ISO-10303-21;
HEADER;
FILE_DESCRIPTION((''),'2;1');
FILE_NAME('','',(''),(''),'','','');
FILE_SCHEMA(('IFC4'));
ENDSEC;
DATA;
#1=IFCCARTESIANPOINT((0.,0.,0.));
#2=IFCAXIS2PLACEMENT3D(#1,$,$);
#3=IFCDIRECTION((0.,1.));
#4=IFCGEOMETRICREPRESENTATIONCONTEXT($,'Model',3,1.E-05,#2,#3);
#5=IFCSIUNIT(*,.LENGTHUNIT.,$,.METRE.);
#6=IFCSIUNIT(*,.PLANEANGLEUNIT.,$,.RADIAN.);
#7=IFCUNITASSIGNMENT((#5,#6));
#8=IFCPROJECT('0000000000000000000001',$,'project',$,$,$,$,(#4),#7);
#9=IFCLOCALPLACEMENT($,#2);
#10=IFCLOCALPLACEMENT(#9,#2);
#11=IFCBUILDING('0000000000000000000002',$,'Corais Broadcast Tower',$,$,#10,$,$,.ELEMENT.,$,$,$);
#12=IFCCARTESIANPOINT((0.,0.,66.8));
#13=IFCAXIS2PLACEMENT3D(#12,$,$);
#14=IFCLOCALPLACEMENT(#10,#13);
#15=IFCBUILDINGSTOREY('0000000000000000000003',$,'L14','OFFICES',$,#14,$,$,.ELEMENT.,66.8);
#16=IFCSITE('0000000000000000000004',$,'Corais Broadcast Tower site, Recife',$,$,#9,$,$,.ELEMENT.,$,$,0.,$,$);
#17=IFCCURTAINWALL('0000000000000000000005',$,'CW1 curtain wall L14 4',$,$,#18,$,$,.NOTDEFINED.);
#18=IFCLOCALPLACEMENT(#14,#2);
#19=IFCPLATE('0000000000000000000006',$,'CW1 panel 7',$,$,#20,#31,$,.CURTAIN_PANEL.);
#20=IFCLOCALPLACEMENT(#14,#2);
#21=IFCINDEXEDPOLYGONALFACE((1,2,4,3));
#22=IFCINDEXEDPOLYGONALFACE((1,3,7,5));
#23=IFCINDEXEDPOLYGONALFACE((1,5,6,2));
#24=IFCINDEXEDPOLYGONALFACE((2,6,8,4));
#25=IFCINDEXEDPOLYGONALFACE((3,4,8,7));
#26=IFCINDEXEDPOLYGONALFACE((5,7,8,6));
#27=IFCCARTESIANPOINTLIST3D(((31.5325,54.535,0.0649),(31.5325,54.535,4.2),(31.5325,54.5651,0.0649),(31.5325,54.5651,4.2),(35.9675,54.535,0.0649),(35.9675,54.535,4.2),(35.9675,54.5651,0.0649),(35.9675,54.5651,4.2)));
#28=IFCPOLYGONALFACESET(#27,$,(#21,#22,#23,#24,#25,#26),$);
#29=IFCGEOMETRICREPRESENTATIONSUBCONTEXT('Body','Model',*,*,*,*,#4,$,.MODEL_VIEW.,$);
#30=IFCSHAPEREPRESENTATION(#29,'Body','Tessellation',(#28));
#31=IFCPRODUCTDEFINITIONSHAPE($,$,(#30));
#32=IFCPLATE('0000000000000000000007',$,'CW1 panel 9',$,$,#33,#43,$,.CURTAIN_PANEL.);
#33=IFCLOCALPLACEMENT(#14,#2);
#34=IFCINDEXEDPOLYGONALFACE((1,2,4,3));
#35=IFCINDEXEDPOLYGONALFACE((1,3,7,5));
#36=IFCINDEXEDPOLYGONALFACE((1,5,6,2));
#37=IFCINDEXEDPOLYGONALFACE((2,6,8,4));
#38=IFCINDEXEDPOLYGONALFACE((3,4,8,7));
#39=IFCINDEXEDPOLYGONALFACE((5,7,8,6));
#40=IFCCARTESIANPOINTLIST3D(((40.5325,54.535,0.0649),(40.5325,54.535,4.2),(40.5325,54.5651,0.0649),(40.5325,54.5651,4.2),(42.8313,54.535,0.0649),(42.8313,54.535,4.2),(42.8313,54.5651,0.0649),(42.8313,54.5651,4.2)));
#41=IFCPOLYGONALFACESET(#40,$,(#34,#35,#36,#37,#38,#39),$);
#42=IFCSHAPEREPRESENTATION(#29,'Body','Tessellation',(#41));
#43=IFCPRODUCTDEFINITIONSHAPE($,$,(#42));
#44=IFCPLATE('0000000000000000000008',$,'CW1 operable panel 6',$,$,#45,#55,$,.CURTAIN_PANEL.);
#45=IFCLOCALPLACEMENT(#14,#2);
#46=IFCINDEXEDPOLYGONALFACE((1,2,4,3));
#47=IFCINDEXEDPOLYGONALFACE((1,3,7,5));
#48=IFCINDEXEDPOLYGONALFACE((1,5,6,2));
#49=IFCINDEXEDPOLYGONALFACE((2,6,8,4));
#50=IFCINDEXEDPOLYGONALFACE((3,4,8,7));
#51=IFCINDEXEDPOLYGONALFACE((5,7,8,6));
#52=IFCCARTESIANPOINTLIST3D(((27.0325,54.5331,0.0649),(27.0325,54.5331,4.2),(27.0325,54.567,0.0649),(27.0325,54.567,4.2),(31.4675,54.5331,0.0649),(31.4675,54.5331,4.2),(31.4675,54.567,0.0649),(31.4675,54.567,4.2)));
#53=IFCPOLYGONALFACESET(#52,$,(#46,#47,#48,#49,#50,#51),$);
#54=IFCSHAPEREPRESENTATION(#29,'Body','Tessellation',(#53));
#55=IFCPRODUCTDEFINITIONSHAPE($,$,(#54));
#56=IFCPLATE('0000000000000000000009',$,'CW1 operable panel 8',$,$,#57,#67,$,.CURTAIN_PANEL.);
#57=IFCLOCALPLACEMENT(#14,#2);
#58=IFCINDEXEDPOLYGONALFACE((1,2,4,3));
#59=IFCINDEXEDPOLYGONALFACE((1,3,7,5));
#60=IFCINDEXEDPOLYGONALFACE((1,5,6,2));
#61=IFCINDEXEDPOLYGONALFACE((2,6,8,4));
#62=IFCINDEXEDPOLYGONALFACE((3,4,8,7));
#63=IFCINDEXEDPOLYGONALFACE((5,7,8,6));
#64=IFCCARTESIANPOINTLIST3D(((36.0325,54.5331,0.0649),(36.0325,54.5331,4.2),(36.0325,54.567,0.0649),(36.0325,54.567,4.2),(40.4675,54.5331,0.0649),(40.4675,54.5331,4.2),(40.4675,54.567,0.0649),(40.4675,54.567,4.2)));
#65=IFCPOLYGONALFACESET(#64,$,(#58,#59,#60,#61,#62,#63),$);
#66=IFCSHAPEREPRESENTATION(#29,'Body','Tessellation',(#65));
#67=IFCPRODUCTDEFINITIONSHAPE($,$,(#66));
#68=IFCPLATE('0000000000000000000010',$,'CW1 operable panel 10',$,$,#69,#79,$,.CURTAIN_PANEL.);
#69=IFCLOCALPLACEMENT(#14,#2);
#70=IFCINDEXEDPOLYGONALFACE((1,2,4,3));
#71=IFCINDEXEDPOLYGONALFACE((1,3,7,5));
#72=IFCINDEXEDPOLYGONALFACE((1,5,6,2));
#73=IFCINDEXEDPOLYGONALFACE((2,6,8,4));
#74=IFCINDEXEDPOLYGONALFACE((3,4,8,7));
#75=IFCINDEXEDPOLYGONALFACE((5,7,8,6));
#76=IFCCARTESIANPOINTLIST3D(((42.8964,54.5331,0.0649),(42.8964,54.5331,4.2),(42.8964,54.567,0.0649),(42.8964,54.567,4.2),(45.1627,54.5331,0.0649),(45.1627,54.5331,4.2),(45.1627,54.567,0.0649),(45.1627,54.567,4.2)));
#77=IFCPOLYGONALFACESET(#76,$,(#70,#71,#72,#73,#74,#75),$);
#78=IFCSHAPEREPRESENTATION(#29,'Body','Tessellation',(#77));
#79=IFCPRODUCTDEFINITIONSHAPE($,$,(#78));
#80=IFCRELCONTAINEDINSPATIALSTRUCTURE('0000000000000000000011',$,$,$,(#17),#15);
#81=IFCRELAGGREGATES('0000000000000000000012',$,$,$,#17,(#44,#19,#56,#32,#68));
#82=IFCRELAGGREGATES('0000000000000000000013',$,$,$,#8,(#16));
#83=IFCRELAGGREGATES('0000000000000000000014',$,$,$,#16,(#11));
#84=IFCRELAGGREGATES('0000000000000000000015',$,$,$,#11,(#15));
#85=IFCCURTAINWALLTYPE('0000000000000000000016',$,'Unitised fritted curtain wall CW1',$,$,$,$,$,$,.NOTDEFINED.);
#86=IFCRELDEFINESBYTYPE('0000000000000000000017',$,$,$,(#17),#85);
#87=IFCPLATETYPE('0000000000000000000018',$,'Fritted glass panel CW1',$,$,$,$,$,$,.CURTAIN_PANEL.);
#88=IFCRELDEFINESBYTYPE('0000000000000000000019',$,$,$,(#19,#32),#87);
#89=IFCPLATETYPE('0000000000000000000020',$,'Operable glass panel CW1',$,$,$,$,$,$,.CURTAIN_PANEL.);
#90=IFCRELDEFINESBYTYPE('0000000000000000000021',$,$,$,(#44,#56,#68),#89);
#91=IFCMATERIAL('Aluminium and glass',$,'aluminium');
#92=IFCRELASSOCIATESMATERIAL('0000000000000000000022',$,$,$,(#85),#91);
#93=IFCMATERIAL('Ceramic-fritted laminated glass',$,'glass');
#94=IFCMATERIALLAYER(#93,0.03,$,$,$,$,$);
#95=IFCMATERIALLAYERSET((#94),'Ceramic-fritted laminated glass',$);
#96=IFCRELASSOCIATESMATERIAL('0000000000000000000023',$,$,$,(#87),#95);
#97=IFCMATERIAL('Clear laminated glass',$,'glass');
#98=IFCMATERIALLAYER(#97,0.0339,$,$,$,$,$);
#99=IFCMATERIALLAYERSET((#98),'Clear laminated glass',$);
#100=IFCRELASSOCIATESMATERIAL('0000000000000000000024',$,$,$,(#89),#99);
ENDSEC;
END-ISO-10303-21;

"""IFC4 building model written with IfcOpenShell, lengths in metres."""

from ifc_helpers import new_model, si_unit, direction, frame, origin, origin_2d, place, context, subcontext, project, spatial, rectangle, extrude, material, layer, layer_set, type_object, element, aggregate, save


model = new_model("IFC4")

# Units and contexts
model_context = context("Model", 3, precision=1e-05, world=origin(), true_north=direction((0.0, 1.0)))
body_context = subcontext(model_context, "Body", "Model", "MODEL_VIEW")
ifc_project = project(units=[si_unit("LENGTHUNIT", "METRE"), si_unit("PLANEANGLEUNIT", "RADIAN")], contexts=[model_context])

# Site, building, storey
site_placement = place(None, origin())
site = spatial("IfcSite", under=ifc_project, at=site_placement, Name="Corais Broadcast Tower site, Recife", CompositionType="ELEMENT", RefElevation=0.0)
building_placement = place(site_placement, origin())
building = spatial("IfcBuilding", under=site, at=building_placement, Name="Corais Broadcast Tower", CompositionType="ELEMENT")
storey_placement = place(building_placement, frame((0.0, 0.0, 66.8)))
storey = spatial("IfcBuildingStorey", under=building, at=storey_placement, Name="L14", Description="OFFICES", CompositionType="ELEMENT", Elevation=66.8)

# Curtain wall
ifc_material_1 = material(Name="Aluminium and glass", Category="aluminium")
curtain_wall_type = type_object("IfcCurtainWallType", Name="Unitised fritted curtain wall CW1", PredefinedType="NOTDEFINED", material=ifc_material_1)
curtain_wall_placement = place(storey_placement, origin())
curtain_wall = element("IfcCurtainWall", 1, at=curtain_wall_placement, inside=storey, type_object=curtain_wall_type, Name="CW1 curtain wall L14 4", PredefinedType="NOTDEFINED")

# Plates
ifc_material_2 = material(Name="Ceramic-fritted laminated glass", Category="glass")
ifc_layer_1 = layer(ifc_material_2, 0.03)
ifc_layer_set_1 = layer_set([ifc_layer_1], Name="Ceramic-fritted laminated glass")
plate_type_1 = type_object("IfcPlateType", Name="Fritted glass panel CW1", PredefinedType="CURTAIN_PANEL", material=ifc_layer_set_1)
plate_1_placement = place(storey_placement, frame((33.75, 54.55, 0.0649), z_axis=(0.0, 0.0, 1.0), x_axis=(1.0, 0.0, 0.0)))
plate_1 = element("IfcPlate", 2, at=plate_1_placement, type_object=plate_type_1, Name="CW1 panel 7", PredefinedType="CURTAIN_PANEL", context=body_context, shape_type="SweptSolid", body=[
    extrude(rectangle(XDim=4.4351, YDim=0.03, at=origin_2d()), origin(), (0.0, 0.0, 1.0), 4.135),
])
plate_2_placement = place(storey_placement, frame((41.6819, 54.55, 0.0649), z_axis=(0.0, 0.0, 1.0), x_axis=(1.0, 0.0, 0.0)))
plate_2 = element("IfcPlate", 3, at=plate_2_placement, type_object=plate_type_1, Name="CW1 panel 9", PredefinedType="CURTAIN_PANEL", context=body_context, shape_type="SweptSolid", body=[
    extrude(rectangle(XDim=2.2988, YDim=0.03, at=origin_2d()), origin(), (0.0, 0.0, 1.0), 4.135),
])
ifc_material_3 = material(Name="Clear laminated glass", Category="glass")
ifc_layer_2 = layer(ifc_material_3, 0.0339)
ifc_layer_set_2 = layer_set([ifc_layer_2], Name="Clear laminated glass")
plate_type_2 = type_object("IfcPlateType", Name="Operable glass panel CW1", PredefinedType="CURTAIN_PANEL", material=ifc_layer_set_2)
plate_3_placement = place(storey_placement, frame((29.25, 54.55, 0.0649), z_axis=(0.0, 0.0, 1.0), x_axis=(1.0, 0.0, 0.0)))
plate_3 = element("IfcPlate", 4, at=plate_3_placement, type_object=plate_type_2, Name="CW1 operable panel 6", PredefinedType="CURTAIN_PANEL", context=body_context, shape_type="SweptSolid", body=[
    extrude(rectangle(XDim=4.4351, YDim=0.0339, at=origin_2d()), origin(), (0.0, 0.0, 1.0), 4.135),
])
plate_4_placement = place(storey_placement, frame((38.25, 54.55, 0.0649), z_axis=(0.0, 0.0, 1.0), x_axis=(1.0, 0.0, 0.0)))
plate_4 = element("IfcPlate", 5, at=plate_4_placement, type_object=plate_type_2, Name="CW1 operable panel 8", PredefinedType="CURTAIN_PANEL", context=body_context, shape_type="SweptSolid", body=[
    extrude(rectangle(XDim=4.4351, YDim=0.0339, at=origin_2d()), origin(), (0.0, 0.0, 1.0), 4.135),
])
plate_5_placement = place(storey_placement, frame((44.0295, 54.55, 0.0649), z_axis=(0.0, 0.0, 1.0), x_axis=(1.0, 0.0, 0.0)))
plate_5 = element("IfcPlate", 6, at=plate_5_placement, type_object=plate_type_2, Name="CW1 operable panel 10", PredefinedType="CURTAIN_PANEL", context=body_context, shape_type="SweptSolid", body=[
    extrude(rectangle(XDim=2.2664, YDim=0.0339, at=origin_2d()), origin(), (0.0, 0.0, 1.0), 4.135),
])
aggregate(curtain_wall, [plate_3, plate_1, plate_4, plate_2, plate_5])

save(model, "model.ifc")
